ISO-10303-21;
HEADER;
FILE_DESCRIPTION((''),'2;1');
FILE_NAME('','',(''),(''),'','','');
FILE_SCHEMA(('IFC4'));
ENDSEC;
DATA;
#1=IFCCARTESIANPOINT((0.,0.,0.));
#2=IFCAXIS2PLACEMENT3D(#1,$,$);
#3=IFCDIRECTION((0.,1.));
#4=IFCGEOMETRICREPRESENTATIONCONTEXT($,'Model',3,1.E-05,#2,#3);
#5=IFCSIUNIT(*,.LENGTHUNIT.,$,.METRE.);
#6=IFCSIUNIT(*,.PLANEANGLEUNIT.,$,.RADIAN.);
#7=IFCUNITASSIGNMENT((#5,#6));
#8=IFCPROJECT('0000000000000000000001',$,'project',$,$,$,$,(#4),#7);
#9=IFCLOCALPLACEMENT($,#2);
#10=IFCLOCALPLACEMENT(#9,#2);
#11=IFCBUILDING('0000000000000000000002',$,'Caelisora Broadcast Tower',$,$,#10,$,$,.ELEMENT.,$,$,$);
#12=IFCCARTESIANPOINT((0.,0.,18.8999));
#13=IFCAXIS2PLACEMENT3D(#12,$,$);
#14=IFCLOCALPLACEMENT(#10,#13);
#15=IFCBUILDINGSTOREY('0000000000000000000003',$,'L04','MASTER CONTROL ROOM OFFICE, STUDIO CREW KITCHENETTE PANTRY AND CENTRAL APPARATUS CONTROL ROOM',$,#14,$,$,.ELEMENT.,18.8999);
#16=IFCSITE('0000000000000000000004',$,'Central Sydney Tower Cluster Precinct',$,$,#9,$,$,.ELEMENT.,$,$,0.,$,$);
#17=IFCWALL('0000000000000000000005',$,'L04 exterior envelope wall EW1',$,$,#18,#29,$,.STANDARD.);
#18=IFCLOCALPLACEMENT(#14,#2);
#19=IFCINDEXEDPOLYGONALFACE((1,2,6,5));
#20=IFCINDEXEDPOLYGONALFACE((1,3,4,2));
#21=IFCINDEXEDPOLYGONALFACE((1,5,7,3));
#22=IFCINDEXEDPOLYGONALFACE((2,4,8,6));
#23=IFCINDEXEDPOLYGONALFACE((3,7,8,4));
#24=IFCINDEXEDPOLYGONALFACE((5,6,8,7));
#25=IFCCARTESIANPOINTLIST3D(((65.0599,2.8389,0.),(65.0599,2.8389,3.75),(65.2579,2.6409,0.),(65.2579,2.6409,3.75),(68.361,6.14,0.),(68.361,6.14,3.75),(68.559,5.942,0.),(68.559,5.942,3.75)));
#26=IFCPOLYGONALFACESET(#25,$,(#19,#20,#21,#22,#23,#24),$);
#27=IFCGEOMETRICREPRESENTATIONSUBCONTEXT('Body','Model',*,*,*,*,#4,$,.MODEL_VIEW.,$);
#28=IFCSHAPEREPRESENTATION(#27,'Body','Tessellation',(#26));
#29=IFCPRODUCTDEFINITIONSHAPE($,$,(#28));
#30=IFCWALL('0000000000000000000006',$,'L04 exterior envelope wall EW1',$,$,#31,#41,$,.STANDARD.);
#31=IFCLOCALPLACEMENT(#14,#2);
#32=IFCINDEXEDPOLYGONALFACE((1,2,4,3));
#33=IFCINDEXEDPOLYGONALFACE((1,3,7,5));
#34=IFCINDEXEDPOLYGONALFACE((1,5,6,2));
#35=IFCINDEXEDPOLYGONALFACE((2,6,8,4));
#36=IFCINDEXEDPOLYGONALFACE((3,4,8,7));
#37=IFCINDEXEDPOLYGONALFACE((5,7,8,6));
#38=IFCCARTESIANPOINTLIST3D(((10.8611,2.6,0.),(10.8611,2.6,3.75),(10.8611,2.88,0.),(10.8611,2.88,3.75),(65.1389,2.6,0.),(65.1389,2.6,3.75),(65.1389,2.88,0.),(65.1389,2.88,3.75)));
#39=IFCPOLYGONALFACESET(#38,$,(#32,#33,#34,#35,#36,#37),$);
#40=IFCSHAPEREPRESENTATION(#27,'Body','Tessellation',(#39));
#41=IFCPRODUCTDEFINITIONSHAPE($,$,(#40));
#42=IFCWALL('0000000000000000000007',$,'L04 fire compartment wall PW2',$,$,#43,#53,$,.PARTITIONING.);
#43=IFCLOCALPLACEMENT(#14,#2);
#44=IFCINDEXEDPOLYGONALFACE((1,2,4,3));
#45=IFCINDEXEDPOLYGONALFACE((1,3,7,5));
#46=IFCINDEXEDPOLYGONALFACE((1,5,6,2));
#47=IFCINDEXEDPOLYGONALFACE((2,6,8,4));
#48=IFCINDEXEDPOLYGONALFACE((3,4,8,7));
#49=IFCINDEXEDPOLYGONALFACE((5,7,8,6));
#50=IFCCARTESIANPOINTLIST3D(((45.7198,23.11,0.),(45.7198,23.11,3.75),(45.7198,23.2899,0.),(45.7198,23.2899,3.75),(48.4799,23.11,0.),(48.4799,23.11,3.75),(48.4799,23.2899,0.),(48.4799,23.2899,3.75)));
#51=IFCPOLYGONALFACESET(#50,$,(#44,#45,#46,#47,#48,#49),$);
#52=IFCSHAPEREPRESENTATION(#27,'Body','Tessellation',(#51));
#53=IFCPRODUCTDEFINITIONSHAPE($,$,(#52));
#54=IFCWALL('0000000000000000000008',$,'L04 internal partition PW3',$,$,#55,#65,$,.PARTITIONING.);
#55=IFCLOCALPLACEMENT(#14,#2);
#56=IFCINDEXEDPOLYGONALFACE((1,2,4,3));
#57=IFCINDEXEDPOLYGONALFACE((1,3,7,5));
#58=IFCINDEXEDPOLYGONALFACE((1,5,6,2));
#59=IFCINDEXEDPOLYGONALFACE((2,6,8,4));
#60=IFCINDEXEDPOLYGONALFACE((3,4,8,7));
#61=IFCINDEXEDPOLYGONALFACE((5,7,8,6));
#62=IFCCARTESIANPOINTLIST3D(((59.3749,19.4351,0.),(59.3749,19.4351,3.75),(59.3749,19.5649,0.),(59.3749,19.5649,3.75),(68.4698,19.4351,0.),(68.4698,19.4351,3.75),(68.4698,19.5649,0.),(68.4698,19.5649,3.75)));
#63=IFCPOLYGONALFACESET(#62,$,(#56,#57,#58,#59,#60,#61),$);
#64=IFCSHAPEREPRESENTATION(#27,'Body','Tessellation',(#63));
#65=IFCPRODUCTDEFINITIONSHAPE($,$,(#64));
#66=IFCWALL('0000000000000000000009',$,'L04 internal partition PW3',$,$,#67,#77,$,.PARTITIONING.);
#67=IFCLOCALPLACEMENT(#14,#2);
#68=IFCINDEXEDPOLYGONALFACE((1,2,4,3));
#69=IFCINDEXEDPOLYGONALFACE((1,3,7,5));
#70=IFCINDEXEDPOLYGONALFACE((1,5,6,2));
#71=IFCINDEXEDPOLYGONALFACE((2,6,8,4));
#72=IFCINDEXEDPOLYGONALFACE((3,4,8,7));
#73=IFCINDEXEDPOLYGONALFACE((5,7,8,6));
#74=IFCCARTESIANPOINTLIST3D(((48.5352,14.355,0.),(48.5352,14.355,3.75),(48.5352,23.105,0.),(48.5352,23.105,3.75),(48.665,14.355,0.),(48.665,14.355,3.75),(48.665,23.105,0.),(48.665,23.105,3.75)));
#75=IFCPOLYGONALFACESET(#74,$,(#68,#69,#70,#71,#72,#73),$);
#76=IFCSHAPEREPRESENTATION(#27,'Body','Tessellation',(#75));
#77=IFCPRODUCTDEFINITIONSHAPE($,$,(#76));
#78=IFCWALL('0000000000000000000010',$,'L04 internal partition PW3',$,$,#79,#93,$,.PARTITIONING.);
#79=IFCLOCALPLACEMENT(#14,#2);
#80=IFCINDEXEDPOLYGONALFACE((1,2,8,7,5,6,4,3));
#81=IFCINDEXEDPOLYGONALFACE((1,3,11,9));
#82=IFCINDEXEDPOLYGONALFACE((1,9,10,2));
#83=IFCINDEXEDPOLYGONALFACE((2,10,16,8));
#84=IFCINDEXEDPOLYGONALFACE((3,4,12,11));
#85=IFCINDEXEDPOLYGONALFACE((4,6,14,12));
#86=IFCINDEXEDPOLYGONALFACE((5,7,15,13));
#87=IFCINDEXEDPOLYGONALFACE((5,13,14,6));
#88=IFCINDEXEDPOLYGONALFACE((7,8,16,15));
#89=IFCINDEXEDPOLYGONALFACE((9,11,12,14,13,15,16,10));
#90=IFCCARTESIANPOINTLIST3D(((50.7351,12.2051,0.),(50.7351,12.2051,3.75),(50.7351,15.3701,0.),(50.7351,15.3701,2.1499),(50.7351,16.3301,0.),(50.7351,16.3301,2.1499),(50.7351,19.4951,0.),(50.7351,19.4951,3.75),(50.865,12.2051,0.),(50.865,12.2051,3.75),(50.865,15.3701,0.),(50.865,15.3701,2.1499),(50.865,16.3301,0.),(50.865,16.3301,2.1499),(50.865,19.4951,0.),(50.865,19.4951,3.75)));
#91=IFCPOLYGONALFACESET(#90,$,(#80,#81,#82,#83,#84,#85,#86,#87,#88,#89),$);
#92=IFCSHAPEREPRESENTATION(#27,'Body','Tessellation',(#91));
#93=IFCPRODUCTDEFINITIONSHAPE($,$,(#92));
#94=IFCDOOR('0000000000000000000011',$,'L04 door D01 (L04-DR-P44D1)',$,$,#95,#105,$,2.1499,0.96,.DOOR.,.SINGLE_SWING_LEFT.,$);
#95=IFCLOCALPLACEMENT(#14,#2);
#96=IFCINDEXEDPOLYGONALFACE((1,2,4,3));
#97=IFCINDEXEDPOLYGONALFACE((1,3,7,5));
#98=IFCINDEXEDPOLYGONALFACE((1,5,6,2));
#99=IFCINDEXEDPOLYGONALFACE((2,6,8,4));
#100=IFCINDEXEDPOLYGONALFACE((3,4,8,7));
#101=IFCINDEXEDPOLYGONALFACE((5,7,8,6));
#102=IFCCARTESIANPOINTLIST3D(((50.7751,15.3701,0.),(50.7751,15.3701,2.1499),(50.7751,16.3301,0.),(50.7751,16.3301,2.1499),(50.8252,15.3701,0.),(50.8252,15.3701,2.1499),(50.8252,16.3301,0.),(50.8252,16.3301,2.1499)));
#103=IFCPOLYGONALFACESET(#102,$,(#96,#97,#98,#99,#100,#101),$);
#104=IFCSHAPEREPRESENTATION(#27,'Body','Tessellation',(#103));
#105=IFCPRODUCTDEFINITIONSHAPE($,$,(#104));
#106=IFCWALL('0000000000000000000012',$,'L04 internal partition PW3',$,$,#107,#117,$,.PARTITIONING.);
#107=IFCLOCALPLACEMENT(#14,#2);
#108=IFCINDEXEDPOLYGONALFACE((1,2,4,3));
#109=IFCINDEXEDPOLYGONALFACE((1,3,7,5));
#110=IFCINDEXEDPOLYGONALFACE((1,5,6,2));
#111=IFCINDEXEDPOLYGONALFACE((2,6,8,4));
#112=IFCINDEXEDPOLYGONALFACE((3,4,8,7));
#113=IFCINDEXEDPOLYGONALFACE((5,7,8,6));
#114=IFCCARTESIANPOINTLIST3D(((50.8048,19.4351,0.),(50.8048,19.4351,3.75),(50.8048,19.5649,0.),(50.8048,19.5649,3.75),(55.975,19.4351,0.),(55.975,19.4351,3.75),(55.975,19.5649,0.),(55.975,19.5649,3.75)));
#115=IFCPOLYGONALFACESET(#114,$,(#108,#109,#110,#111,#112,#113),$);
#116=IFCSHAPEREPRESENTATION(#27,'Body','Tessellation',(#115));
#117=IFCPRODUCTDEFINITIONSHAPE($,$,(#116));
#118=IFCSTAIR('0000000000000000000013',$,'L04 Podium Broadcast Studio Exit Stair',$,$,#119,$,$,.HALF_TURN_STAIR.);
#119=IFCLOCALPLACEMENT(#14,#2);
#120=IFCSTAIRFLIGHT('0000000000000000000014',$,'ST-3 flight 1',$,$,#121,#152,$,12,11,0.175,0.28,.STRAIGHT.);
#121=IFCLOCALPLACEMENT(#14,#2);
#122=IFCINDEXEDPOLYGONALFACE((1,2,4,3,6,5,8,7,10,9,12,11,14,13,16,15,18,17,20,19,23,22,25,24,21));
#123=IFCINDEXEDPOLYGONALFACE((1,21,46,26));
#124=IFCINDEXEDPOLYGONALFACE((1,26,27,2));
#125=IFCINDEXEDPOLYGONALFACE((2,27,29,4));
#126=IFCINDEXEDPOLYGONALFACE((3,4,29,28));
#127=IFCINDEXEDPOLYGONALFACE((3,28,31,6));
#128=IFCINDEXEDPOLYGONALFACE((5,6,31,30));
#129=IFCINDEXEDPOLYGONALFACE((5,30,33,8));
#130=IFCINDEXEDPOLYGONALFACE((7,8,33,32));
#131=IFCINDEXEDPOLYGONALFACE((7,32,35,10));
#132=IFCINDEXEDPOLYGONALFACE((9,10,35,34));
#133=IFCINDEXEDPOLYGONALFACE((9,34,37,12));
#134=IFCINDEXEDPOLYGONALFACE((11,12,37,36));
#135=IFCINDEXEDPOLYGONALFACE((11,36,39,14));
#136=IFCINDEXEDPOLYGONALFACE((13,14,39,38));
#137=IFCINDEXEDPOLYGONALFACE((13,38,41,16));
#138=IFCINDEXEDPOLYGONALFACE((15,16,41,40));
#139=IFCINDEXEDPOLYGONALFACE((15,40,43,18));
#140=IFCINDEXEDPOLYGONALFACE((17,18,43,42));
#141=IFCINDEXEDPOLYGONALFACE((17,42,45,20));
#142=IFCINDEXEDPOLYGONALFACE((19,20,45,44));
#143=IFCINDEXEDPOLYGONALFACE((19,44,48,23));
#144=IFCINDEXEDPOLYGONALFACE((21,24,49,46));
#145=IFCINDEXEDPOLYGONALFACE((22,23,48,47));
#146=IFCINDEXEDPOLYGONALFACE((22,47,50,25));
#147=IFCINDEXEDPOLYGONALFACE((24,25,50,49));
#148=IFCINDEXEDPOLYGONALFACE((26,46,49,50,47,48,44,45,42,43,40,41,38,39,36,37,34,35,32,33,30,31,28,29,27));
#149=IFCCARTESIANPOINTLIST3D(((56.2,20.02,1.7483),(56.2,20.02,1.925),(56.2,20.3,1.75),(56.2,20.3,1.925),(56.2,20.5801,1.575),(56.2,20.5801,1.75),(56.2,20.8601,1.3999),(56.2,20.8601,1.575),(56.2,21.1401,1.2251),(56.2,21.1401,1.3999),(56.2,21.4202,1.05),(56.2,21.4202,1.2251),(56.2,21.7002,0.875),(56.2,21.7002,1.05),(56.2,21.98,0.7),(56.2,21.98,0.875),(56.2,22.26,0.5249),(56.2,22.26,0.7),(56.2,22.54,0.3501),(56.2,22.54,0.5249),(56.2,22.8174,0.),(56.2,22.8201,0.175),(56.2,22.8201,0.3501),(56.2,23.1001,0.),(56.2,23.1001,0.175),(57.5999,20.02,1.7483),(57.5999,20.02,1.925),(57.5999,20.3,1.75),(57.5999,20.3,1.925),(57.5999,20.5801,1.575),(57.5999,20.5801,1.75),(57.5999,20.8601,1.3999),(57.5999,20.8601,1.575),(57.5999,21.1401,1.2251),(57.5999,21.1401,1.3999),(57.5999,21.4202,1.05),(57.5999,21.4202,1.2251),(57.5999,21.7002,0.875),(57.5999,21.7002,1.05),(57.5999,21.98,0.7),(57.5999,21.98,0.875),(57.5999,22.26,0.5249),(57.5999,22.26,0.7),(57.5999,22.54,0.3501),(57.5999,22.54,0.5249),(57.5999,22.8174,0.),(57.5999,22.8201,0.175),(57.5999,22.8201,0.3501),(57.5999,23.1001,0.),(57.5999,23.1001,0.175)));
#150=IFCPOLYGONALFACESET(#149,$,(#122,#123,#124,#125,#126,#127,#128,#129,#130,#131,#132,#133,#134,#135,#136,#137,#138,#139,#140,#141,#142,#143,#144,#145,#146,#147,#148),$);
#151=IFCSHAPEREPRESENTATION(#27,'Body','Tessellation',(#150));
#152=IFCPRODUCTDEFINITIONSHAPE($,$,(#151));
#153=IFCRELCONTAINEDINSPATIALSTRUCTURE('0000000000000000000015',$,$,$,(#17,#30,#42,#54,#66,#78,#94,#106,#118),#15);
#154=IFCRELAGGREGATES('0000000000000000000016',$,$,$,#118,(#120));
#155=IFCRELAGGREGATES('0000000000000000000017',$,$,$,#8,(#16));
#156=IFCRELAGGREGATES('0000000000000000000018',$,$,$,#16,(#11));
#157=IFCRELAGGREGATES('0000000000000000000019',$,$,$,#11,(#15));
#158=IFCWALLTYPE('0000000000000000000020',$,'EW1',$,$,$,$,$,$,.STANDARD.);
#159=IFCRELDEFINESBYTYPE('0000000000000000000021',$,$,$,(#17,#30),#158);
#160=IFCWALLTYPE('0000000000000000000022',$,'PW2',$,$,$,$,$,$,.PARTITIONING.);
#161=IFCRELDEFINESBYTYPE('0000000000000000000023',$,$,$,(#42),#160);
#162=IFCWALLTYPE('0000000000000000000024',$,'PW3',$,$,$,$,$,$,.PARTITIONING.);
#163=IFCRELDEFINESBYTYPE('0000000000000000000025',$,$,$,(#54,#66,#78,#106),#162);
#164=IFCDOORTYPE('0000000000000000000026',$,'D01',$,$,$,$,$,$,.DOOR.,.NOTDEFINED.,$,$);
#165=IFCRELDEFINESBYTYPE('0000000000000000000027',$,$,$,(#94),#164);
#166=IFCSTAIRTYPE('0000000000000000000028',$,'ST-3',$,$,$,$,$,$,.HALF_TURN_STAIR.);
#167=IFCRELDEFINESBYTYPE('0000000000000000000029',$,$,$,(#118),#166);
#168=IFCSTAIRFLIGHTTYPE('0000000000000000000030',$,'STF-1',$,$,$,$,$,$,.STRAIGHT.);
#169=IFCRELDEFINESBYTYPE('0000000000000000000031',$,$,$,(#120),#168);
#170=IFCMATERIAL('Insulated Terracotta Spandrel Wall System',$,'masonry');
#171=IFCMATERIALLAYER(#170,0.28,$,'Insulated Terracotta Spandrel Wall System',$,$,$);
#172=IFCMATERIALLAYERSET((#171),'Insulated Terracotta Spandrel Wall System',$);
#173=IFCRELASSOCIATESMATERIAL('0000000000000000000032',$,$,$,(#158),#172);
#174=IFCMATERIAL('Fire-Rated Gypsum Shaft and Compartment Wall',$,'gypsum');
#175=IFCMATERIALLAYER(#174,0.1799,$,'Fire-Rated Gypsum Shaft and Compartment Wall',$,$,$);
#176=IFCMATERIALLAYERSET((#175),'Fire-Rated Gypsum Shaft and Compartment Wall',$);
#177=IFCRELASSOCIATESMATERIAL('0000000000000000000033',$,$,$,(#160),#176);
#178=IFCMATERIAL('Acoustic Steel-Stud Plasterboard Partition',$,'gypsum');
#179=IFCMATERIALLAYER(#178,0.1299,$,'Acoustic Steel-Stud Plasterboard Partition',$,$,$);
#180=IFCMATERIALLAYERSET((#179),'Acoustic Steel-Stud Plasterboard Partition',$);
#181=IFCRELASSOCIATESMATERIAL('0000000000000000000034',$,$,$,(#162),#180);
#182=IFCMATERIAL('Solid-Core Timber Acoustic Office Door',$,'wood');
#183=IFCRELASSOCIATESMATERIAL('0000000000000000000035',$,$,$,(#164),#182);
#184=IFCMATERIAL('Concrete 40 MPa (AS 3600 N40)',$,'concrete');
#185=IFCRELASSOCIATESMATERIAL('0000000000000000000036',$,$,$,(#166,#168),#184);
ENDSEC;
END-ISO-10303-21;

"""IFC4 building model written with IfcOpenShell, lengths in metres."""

from ifc_helpers import new_model, si_unit, direction, frame, frame_2d, origin, place, context, subcontext, project, spatial, polyline, rectangle, outline, extrude, material, layer, layer_set, type_object, element, fill, aggregate, save


model = new_model("IFC4")

# Units and contexts
model_context = context("Model", 3, precision=1e-05, world=origin(), true_north=direction((0.0, 1.0)))
body_context = subcontext(model_context, "Body", "Model", "MODEL_VIEW")
ifc_project = project(units=[si_unit("LENGTHUNIT", "METRE"), si_unit("PLANEANGLEUNIT", "RADIAN")], contexts=[model_context])

# Site, building, storey
site_placement = place(None, origin())
site = spatial("IfcSite", under=ifc_project, at=site_placement, Name="Central Sydney Tower Cluster Precinct", CompositionType="ELEMENT", RefElevation=0.0)
building_placement = place(site_placement, origin())
building = spatial("IfcBuilding", under=site, at=building_placement, Name="Caelisora Broadcast Tower", CompositionType="ELEMENT")
storey_placement = place(building_placement, frame((0.0, 0.0, 18.8999)))
storey = spatial("IfcBuildingStorey", under=building, at=storey_placement, Name="L04", Description="MASTER CONTROL ROOM OFFICE, STUDIO CREW KITCHENETTE PANTRY AND CENTRAL APPARATUS CONTROL ROOM", CompositionType="ELEMENT", Elevation=18.8999)

# Walls
ifc_material_1 = material(Name="Insulated Terracotta Spandrel Wall System", Category="masonry")
ifc_layer_1 = layer(ifc_material_1, 0.28, Name="Insulated Terracotta Spandrel Wall System")
ifc_layer_set_1 = layer_set([ifc_layer_1], Name="Insulated Terracotta Spandrel Wall System")
wall_type_1 = type_object("IfcWallType", Name="EW1", PredefinedType="STANDARD", material=ifc_layer_set_1)
wall_1_placement = place(storey_placement, frame((68.46, 6.041, 0.0), z_axis=(0.0, 0.0, 1.0), x_axis=(-0.707107, -0.707107, 0.0)))
element("IfcWall", 1, at=wall_1_placement, inside=storey, type_object=wall_type_1, Name="L04 exterior envelope wall EW1", PredefinedType="STANDARD", context=body_context, shape_type="SweptSolid", body=[
    extrude(rectangle(XDim=4.6685, YDim=0.28, at=frame_2d((2.3342, 0.0))), origin(), (0.0, 0.0, 1.0), 3.75),
])
wall_2_placement = place(storey_placement, frame((65.1389, 2.74, 0.0), z_axis=(0.0, 0.0, 1.0), x_axis=(-1.0, 0.0, 0.0)))
element("IfcWall", 2, at=wall_2_placement, inside=storey, type_object=wall_type_1, Name="L04 exterior envelope wall EW1", PredefinedType="STANDARD", context=body_context, shape_type="SweptSolid", body=[
    extrude(rectangle(XDim=54.2778, YDim=0.28, at=frame_2d((27.1389, 0.0))), origin(), (0.0, 0.0, 1.0), 3.75),
])
ifc_material_2 = material(Name="Fire-Rated Gypsum Shaft and Compartment Wall", Category="gypsum")
ifc_layer_2 = layer(ifc_material_2, 0.1799, Name="Fire-Rated Gypsum Shaft and Compartment Wall")
ifc_layer_set_2 = layer_set([ifc_layer_2], Name="Fire-Rated Gypsum Shaft and Compartment Wall")
wall_type_2 = type_object("IfcWallType", Name="PW2", PredefinedType="PARTITIONING", material=ifc_layer_set_2)
wall_3_placement = place(storey_placement, frame((45.72, 23.2, 0.0), z_axis=(0.0, 0.0, 1.0), x_axis=(1.0, 0.0, 0.0)))
element("IfcWall", 3, at=wall_3_placement, inside=storey, type_object=wall_type_2, Name="L04 fire compartment wall PW2", PredefinedType="PARTITIONING", context=body_context, shape_type="SweptSolid", body=[
    extrude(rectangle(XDim=2.76, YDim=0.1799, at=frame_2d((1.3799, 0.0))), origin(), (0.0, 0.0, 1.0), 3.75),
])
ifc_material_3 = material(Name="Acoustic Steel-Stud Plasterboard Partition", Category="gypsum")
ifc_layer_3 = layer(ifc_material_3, 0.1299, Name="Acoustic Steel-Stud Plasterboard Partition")
ifc_layer_set_3 = layer_set([ifc_layer_3], Name="Acoustic Steel-Stud Plasterboard Partition")
wall_type_3 = type_object("IfcWallType", Name="PW3", PredefinedType="PARTITIONING", material=ifc_layer_set_3)
wall_4_placement = place(storey_placement, frame((59.375, 19.5, 0.0), z_axis=(0.0, 0.0, 1.0), x_axis=(1.0, 0.0, 0.0)))
element("IfcWall", 4, at=wall_4_placement, inside=storey, type_object=wall_type_3, Name="L04 internal partition PW3", PredefinedType="PARTITIONING", context=body_context, shape_type="SweptSolid", body=[
    extrude(rectangle(XDim=9.095, YDim=0.1299, at=frame_2d((4.5474, 0.0))), origin(), (0.0, 0.0, 1.0), 3.75),
])
wall_5_placement = place(storey_placement, frame((48.6001, 14.355, 0.0), z_axis=(0.0, 0.0, 1.0), x_axis=(0.0, 1.0, 0.0)))
element("IfcWall", 5, at=wall_5_placement, inside=storey, type_object=wall_type_3, Name="L04 internal partition PW3", PredefinedType="PARTITIONING", context=body_context, shape_type="SweptSolid", body=[
    extrude(rectangle(XDim=8.75, YDim=0.1299, at=frame_2d((4.375, 0.0))), origin(), (0.0, 0.0, 1.0), 3.75),
])

# Wall, opening, door
wall_6_placement = place(storey_placement, frame((50.8, 12.2051, 0.0), z_axis=(0.0, 0.0, 1.0), x_axis=(0.0, 1.0, 0.0)))
wall_6 = element("IfcWall", 6, at=wall_6_placement, inside=storey, type_object=wall_type_3, Name="L04 internal partition PW3", PredefinedType="PARTITIONING", context=body_context, shape_type="SweptSolid", body=[
    extrude(rectangle(XDim=7.29, YDim=0.1299, at=frame_2d((3.645, 0.0))), origin(), (0.0, 0.0, 1.0), 3.75),
])
opening_placement = place(wall_6_placement, frame((3.165, 0.0, 0.0)))
opening = element("IfcOpeningElement", 7, at=opening_placement, cuts=wall_6, PredefinedType="OPENING", context=body_context, shape_type="SweptSolid", body=[
    extrude(rectangle(XDim=0.96, YDim=2.1499, at=frame_2d((0.48, 1.075))), frame((0.0, 0.0769, 0.0), z_axis=(0.0, -1.0, 0.0), x_axis=(1.0, 0.0, 0.0)), (0.0, 0.0, 1.0), 0.1538),
])
ifc_material_4 = material(Name="Solid-Core Timber Acoustic Office Door", Category="wood")
door_type = type_object("IfcDoorType", Name="D01", OperationType="NOTDEFINED", PredefinedType="DOOR", material=ifc_material_4)
door_placement = place(opening_placement, origin())
door = element("IfcDoor", 8, at=door_placement, inside=storey, type_object=door_type, Name="L04 door D01 (L04-DR-P44D1)", OperationType="SINGLE_SWING_LEFT", OverallHeight=2.1499, OverallWidth=0.96, PredefinedType="DOOR", context=body_context, shape_type="SweptSolid", body=[
    extrude(rectangle(XDim=0.96, YDim=2.1499, at=frame_2d((0.48, 1.075))), frame((0.0, 0.0249, 0.0), z_axis=(0.0, -1.0, 0.0), x_axis=(1.0, 0.0, 0.0)), (0.0, 0.0, 1.0), 0.05),
])
fill(opening, door)

# Wall
wall_7_placement = place(storey_placement, frame((50.8049, 19.5, 0.0), z_axis=(0.0, 0.0, 1.0), x_axis=(1.0, 0.0, 0.0)))
element("IfcWall", 9, at=wall_7_placement, inside=storey, type_object=wall_type_3, Name="L04 internal partition PW3", PredefinedType="PARTITIONING", context=body_context, shape_type="SweptSolid", body=[
    extrude(rectangle(XDim=5.1702, YDim=0.1299, at=frame_2d((2.585, 0.0))), origin(), (0.0, 0.0, 1.0), 3.75),
])

# Stair, stair flight
ifc_material_5 = material(Name="Concrete 40 MPa (AS 3600 N40)", Category="concrete")
stair_type = type_object("IfcStairType", Name="ST-3", PredefinedType="HALF_TURN_STAIR", material=ifc_material_5)
stair_placement = place(storey_placement, origin())
stair = element("IfcStair", 10, at=stair_placement, inside=storey, type_object=stair_type, Name="L04 Podium Broadcast Studio Exit Stair", PredefinedType="HALF_TURN_STAIR")
stair_flight_type = type_object("IfcStairFlightType", Name="STF-1", PredefinedType="STRAIGHT", material=ifc_material_5)
stair_flight_1_placement = place(storey_placement, frame((56.8999, 23.1001, 0.0), z_axis=(0.0, 0.0, 1.0), x_axis=(0.0, -1.0, 0.0)))
stair_flight_1 = element("IfcStairFlight", 11, at=stair_flight_1_placement, type_object=stair_flight_type, Name="ST-3 flight 1", NumberOfRisers=12, NumberOfTreads=11, PredefinedType="STRAIGHT", RiserHeight=0.175, TreadLength=0.28, context=body_context, shape_type="SweptSolid", body=[
    extrude(outline(polyline([(0.0, 0.0), (0.0, 0.175), (0.28, 0.175), (0.28, 0.3501), (0.5601, 0.3501), (0.5601, 0.5249), (0.8401, 0.5249), (0.8401, 0.7), (1.1201, 0.7), (1.1201, 0.875), (1.3999, 0.875), (1.3999, 1.05), (1.6799, 1.05), (1.6799, 1.2251), (1.96, 1.2251), (1.96, 1.3999), (2.24, 1.3999), (2.24, 1.575), (2.52, 1.575), (2.52, 1.75), (2.8, 1.75), (2.8, 1.925), (3.0801, 1.925), (3.0801, 2.1001), (3.0801, 1.7483), (0.2827, 0.0), (0.0, 0.0)])), frame((0.0, 0.7, 0.0), z_axis=(0.0, -1.0, 0.0), x_axis=(1.0, 0.0, 0.0)), (0.0, 0.0, 1.0), 1.3999),
])
aggregate(stair, [stair_flight_1])

save(model, "model.ifc")
